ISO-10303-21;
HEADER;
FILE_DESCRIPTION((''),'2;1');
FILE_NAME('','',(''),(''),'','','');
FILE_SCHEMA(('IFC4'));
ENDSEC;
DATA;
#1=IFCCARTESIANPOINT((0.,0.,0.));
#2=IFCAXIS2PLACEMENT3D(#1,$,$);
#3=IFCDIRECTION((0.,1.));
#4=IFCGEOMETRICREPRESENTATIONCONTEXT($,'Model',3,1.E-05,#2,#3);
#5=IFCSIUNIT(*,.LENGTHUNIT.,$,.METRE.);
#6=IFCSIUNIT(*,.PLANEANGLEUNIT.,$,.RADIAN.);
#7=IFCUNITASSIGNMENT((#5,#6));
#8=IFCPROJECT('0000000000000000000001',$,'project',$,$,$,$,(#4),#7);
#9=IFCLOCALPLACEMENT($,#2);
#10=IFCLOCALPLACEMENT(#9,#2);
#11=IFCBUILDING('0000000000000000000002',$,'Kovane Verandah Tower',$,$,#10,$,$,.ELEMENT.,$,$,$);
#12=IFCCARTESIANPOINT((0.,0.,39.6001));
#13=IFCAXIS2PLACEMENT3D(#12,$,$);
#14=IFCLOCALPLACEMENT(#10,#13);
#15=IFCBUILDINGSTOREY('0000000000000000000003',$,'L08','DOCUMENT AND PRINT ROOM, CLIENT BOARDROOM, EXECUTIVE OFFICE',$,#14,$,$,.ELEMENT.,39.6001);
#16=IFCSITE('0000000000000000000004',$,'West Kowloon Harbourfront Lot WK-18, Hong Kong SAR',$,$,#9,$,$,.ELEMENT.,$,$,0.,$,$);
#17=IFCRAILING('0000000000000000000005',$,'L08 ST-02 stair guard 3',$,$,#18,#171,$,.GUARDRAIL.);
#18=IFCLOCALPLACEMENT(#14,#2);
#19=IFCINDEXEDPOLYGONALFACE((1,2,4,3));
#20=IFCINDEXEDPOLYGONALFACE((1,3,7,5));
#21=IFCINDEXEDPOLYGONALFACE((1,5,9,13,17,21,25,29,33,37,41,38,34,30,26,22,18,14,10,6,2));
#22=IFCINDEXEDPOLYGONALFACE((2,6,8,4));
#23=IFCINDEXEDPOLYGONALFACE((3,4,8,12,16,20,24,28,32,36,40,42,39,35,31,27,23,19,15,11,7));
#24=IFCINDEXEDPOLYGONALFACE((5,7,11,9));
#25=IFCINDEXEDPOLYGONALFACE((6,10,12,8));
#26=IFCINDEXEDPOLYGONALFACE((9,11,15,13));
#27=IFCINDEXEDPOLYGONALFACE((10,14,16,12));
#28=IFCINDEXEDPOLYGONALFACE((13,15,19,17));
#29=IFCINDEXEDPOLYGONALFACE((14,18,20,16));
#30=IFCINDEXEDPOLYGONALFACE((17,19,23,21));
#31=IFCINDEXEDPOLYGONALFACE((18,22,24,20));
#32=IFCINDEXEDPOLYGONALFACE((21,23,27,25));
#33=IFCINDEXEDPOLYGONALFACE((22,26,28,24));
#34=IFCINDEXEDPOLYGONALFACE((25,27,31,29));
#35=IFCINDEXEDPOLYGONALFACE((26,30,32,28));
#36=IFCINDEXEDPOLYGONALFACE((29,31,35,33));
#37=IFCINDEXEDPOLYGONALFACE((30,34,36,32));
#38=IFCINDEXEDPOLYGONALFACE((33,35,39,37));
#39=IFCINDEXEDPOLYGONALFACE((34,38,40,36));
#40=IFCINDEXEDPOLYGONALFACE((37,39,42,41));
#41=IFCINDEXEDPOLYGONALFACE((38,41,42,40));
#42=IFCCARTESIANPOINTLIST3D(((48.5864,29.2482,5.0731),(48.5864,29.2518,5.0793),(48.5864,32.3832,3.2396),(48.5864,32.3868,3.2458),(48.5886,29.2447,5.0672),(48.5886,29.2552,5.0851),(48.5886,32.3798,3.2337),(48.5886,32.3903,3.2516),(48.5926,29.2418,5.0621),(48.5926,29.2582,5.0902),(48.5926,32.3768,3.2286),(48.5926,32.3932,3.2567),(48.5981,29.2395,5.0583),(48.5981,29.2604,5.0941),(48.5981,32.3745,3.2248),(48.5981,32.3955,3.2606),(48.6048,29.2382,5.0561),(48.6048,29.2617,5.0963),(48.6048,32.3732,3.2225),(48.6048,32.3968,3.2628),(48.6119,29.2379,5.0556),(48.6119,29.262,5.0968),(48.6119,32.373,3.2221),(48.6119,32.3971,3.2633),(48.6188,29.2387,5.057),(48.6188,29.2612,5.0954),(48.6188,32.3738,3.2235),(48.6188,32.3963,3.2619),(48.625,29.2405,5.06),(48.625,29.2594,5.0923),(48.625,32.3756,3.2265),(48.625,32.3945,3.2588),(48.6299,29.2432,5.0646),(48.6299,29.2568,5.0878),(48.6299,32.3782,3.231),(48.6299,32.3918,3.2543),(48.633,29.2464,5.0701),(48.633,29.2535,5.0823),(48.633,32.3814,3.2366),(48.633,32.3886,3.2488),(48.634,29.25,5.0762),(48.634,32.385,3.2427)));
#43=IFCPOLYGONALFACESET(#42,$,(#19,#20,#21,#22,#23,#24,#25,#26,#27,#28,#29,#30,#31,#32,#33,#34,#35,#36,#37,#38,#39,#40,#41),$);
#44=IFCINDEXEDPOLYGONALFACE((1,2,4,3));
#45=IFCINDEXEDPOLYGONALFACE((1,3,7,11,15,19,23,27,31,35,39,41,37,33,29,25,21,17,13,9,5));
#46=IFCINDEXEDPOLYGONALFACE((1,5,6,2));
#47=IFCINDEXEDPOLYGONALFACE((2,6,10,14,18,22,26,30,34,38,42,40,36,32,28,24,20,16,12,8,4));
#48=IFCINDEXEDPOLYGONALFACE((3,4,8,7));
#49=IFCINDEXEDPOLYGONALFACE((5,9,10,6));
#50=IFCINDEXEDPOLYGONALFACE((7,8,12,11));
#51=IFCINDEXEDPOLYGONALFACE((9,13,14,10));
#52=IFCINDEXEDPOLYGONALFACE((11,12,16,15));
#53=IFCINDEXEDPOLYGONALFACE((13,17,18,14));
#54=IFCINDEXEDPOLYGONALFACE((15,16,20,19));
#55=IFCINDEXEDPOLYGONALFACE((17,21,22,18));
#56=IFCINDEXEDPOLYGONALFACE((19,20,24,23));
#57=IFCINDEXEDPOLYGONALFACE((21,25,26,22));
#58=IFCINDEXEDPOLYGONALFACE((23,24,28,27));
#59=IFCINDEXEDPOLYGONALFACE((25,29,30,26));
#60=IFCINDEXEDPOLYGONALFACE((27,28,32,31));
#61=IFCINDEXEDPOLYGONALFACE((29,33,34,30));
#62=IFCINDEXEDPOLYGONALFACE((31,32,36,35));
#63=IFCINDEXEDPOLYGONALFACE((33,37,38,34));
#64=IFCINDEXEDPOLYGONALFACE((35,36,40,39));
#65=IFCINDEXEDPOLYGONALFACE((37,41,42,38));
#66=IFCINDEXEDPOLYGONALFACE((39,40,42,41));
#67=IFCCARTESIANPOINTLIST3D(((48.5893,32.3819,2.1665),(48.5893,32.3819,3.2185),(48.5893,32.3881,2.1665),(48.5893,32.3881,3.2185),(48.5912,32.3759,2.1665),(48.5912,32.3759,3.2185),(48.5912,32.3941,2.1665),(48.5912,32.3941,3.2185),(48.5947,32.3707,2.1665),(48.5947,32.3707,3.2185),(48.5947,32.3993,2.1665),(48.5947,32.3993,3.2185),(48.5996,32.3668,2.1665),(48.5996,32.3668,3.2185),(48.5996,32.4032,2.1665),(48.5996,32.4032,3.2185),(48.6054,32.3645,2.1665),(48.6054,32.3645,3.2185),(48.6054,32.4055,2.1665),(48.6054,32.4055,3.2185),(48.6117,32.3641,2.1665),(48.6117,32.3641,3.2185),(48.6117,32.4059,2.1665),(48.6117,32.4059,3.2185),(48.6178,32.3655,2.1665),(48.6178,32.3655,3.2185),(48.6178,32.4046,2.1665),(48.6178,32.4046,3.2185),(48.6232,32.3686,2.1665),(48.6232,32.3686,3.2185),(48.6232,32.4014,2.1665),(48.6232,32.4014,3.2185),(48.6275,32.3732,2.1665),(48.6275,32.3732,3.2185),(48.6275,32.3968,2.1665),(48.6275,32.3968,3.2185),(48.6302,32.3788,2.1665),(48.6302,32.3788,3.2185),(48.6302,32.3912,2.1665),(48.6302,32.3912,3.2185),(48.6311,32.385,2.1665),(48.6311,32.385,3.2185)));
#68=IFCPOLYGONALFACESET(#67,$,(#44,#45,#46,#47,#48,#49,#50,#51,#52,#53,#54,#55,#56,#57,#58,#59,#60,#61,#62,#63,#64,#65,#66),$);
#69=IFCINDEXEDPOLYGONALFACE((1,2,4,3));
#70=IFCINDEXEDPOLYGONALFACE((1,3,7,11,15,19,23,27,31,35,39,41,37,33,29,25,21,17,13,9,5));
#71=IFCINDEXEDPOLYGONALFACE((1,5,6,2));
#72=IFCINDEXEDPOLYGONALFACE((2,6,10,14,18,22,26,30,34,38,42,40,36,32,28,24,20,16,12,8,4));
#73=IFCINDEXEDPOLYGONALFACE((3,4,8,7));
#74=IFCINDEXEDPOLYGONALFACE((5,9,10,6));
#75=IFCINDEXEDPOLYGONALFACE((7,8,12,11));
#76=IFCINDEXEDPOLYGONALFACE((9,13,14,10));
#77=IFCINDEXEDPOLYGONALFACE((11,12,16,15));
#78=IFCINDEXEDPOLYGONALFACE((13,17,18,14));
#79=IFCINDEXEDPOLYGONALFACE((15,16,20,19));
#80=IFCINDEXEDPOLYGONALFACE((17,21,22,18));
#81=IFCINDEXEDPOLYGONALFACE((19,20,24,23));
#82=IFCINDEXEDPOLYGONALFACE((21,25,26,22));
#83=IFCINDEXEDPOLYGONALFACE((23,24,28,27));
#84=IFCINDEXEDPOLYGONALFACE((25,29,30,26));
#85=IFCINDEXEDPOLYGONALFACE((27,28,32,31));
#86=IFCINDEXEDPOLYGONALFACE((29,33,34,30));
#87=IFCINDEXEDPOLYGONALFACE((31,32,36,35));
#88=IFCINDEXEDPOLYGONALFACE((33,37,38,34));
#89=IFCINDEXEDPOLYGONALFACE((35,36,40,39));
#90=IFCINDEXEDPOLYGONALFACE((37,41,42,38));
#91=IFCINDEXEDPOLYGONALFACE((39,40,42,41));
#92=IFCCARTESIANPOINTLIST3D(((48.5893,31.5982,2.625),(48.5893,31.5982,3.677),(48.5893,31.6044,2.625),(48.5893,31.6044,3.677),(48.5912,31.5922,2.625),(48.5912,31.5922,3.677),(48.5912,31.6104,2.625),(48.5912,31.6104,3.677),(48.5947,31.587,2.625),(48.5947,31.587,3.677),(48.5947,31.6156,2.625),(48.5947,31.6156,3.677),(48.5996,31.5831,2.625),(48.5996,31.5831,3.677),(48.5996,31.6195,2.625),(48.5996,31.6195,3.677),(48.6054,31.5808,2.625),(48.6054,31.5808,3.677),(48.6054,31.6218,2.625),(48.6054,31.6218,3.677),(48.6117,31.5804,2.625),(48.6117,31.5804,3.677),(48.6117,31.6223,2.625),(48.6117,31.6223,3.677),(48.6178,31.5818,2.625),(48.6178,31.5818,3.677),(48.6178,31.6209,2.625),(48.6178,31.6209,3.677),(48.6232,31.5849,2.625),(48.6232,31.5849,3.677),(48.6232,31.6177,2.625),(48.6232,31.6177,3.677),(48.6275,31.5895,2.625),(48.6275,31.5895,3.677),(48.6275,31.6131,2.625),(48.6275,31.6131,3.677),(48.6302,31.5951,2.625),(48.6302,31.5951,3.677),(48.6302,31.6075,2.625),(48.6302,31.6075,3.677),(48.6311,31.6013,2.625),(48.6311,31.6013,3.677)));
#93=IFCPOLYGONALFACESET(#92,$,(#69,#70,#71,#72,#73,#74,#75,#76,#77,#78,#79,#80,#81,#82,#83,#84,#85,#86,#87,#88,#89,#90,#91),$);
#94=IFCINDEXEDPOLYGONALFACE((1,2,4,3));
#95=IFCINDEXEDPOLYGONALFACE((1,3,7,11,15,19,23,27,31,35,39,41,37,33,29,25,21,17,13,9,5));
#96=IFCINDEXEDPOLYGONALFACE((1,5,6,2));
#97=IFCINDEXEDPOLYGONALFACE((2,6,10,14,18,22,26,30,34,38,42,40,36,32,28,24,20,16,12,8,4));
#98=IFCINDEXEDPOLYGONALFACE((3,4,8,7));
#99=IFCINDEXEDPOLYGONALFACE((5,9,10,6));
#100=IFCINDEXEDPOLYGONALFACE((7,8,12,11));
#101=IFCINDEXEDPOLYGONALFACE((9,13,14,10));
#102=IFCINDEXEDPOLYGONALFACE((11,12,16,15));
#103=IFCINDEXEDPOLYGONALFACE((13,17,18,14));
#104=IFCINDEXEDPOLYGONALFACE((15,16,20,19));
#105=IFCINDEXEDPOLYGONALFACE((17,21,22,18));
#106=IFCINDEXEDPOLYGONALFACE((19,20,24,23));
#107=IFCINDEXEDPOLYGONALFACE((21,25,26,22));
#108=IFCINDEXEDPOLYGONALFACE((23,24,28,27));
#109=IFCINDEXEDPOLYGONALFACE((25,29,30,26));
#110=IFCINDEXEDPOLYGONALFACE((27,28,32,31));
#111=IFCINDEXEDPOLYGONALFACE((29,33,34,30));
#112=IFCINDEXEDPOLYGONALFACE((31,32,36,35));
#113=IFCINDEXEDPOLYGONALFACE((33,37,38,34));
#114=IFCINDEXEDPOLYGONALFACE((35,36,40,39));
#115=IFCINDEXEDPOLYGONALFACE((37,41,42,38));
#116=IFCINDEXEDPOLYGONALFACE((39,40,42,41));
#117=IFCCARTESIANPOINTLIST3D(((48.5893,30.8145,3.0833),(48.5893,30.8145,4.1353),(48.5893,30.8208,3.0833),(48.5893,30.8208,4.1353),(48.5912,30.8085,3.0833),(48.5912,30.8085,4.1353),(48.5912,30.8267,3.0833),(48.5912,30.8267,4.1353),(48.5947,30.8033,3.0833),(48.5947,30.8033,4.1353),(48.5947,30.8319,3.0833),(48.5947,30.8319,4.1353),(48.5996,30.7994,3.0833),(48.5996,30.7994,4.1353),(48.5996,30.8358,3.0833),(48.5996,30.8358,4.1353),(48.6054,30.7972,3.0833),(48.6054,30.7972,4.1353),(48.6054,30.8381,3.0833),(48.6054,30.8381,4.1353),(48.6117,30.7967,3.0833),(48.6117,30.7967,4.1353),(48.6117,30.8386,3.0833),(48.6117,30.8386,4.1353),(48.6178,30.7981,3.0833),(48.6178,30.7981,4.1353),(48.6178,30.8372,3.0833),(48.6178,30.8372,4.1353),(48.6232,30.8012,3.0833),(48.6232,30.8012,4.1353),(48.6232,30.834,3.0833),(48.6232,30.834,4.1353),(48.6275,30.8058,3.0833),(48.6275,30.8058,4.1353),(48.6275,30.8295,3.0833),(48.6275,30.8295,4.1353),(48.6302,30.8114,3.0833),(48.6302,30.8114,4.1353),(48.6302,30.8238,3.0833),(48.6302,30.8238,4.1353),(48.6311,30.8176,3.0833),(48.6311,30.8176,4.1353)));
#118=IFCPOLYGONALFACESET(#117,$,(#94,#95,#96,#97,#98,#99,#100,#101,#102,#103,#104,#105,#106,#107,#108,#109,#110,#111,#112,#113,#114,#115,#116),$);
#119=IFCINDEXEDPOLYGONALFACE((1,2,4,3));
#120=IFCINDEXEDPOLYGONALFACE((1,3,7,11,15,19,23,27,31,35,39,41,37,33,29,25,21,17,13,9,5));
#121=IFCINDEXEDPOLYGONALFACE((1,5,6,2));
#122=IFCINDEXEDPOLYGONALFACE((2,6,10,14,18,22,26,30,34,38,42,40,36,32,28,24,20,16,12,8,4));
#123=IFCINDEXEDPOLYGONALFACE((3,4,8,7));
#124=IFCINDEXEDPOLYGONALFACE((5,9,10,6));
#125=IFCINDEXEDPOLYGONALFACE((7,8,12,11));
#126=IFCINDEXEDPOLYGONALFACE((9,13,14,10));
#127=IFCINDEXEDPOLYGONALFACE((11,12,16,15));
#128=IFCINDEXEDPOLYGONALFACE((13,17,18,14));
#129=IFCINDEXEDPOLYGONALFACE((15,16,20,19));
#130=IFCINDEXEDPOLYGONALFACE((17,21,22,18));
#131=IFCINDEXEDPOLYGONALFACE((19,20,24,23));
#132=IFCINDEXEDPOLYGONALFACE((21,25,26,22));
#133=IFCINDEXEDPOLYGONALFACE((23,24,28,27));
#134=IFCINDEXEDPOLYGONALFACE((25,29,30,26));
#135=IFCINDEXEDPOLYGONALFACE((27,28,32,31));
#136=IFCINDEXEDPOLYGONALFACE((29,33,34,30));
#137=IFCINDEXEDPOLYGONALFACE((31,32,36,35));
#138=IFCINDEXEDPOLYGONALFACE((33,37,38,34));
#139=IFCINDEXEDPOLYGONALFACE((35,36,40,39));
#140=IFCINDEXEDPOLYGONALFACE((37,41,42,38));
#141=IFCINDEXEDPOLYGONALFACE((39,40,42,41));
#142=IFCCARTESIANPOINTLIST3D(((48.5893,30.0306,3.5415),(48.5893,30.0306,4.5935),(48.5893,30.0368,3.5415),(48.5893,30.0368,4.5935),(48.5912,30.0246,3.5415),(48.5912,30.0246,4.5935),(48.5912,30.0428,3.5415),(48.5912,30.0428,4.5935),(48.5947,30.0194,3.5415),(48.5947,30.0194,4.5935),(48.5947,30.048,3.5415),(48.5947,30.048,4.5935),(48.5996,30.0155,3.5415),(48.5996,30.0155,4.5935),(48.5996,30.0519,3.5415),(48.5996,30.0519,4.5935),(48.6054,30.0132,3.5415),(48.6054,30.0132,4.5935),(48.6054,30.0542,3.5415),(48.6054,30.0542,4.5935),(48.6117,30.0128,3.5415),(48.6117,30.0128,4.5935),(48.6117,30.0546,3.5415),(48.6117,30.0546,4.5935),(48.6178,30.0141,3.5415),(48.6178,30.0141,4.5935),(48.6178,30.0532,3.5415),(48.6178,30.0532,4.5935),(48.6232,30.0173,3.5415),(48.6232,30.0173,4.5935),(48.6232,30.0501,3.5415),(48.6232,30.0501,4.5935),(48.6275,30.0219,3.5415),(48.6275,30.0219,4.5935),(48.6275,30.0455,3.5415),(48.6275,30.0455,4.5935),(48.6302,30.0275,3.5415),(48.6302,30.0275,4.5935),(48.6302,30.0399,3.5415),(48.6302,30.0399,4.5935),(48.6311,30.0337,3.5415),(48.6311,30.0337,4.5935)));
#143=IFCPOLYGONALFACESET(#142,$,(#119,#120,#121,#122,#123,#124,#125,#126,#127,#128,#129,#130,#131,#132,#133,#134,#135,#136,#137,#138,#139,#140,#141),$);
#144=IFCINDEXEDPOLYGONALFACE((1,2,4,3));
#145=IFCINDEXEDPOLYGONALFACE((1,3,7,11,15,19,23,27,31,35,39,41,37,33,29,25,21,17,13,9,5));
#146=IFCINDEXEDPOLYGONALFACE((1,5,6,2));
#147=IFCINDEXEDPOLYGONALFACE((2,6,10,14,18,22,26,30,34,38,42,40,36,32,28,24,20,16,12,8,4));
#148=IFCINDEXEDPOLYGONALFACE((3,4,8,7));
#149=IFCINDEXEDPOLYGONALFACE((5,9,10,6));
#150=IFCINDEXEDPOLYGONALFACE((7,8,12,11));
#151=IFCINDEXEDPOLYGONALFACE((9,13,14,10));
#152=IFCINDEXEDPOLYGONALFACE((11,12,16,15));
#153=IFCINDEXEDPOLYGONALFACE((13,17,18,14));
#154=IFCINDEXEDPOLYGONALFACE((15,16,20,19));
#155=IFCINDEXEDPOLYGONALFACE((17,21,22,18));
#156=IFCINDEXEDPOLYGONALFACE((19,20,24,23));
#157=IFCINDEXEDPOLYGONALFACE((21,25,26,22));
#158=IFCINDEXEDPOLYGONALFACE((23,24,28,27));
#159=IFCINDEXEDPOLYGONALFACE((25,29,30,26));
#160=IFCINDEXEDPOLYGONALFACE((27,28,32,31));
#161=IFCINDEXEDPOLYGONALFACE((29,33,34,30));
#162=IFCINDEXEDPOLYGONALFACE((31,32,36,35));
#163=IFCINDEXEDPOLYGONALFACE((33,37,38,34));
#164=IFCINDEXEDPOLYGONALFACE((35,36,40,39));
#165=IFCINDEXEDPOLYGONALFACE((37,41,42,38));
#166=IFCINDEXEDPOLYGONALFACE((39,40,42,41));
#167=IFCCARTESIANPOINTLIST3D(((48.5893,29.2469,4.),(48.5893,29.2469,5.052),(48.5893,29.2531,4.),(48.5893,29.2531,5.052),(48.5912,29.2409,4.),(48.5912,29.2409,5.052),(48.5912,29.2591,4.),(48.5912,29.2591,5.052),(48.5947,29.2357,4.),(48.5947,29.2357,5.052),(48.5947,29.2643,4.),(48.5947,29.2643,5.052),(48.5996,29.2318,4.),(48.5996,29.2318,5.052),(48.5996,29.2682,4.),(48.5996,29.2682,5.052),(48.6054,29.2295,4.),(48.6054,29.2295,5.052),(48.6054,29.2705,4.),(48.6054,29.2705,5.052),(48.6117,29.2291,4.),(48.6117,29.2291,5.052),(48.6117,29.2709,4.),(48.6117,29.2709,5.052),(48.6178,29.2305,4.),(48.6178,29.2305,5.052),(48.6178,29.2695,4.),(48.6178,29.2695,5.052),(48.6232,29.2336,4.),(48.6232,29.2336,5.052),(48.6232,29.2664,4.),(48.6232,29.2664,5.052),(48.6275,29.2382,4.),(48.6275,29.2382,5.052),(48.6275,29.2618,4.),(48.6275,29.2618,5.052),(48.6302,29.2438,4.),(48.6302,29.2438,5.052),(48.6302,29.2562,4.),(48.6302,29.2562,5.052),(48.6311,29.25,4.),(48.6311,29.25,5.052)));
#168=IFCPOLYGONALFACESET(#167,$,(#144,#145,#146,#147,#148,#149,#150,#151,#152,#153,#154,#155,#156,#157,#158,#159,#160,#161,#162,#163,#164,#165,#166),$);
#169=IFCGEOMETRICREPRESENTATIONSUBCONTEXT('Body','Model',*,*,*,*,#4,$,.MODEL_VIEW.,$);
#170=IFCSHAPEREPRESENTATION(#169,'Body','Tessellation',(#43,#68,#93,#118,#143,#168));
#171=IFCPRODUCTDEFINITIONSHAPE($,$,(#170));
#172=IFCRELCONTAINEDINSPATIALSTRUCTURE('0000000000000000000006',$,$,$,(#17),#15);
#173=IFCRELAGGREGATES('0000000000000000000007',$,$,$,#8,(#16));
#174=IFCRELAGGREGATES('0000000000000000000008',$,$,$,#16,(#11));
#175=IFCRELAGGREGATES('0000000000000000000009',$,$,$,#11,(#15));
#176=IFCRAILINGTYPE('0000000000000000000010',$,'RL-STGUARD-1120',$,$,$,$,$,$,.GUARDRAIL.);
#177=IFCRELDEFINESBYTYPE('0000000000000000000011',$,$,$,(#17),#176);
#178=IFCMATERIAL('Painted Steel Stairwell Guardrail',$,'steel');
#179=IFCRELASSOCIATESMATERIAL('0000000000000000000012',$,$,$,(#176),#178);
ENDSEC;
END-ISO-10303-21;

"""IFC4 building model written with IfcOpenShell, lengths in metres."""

from ifc_helpers import new_model, si_unit, direction, frame, origin, origin_2d, place, context, subcontext, project, spatial, circle, extrude, material, type_object, element, save


model = new_model("IFC4")

# Units and contexts
model_context = context("Model", 3, precision=1e-05, world=origin(), true_north=direction((0.0, 1.0)))
body_context = subcontext(model_context, "Body", "Model", "MODEL_VIEW")
ifc_project = project(units=[si_unit("LENGTHUNIT", "METRE"), si_unit("PLANEANGLEUNIT", "RADIAN")], contexts=[model_context])

# Site, building, storey
site_placement = place(None, origin())
site = spatial("IfcSite", under=ifc_project, at=site_placement, Name="West Kowloon Harbourfront Lot WK-18, Hong Kong SAR", CompositionType="ELEMENT", RefElevation=0.0)
building_placement = place(site_placement, origin())
building = spatial("IfcBuilding", under=site, at=building_placement, Name="Kovane Verandah Tower", CompositionType="ELEMENT")
storey_placement = place(building_placement, frame((0.0, 0.0, 39.6001)))
storey = spatial("IfcBuildingStorey", under=building, at=storey_placement, Name="L08", Description="DOCUMENT AND PRINT ROOM, CLIENT BOARDROOM, EXECUTIVE OFFICE", CompositionType="ELEMENT", Elevation=39.6001)

# Railing
ifc_material_1 = material(Name="Painted Steel Stairwell Guardrail", Category="steel")
railing_type_1 = type_object("IfcRailingType", Name="RL-STGUARD-1120", PredefinedType="GUARDRAIL", material=ifc_material_1)
railing_1_placement = place(storey_placement, frame((48.6101, 32.385, 2.1665)))
element("IfcRailing", 1, at=railing_1_placement, inside=storey, type_object=railing_type_1, Name="L08 ST-02 stair guard 3", PredefinedType="GUARDRAIL", context=body_context, shape_type="SweptSolid", body=[
    extrude(circle(Radius=0.0239, at=origin_2d()), frame((0.0, 0.0, 1.0762), z_axis=(0.0, -0.86321, 0.504845), x_axis=(1.0, 0.0, 0.0)), (0.0, 0.0, 1.0), 3.6318),
    extrude(circle(Radius=0.021, at=origin_2d()), origin(), (0.0, 0.0, 1.0), 1.052),
    extrude(circle(Radius=0.021, at=origin_2d()), frame((0.0, -0.7837, 0.4585)), (0.0, 0.0, 1.0), 1.052),
    extrude(circle(Radius=0.021, at=origin_2d()), frame((0.0, -1.5674, 0.9167)), (0.0, 0.0, 1.0), 1.052),
    extrude(circle(Radius=0.021, at=origin_2d()), frame((0.0, -2.3513, 1.375)), (0.0, 0.0, 1.0), 1.052),
    extrude(circle(Radius=0.021, at=origin_2d()), frame((0.0, -3.135, 1.8335)), (0.0, 0.0, 1.0), 1.052),
])

save(model, "model.ifc")
